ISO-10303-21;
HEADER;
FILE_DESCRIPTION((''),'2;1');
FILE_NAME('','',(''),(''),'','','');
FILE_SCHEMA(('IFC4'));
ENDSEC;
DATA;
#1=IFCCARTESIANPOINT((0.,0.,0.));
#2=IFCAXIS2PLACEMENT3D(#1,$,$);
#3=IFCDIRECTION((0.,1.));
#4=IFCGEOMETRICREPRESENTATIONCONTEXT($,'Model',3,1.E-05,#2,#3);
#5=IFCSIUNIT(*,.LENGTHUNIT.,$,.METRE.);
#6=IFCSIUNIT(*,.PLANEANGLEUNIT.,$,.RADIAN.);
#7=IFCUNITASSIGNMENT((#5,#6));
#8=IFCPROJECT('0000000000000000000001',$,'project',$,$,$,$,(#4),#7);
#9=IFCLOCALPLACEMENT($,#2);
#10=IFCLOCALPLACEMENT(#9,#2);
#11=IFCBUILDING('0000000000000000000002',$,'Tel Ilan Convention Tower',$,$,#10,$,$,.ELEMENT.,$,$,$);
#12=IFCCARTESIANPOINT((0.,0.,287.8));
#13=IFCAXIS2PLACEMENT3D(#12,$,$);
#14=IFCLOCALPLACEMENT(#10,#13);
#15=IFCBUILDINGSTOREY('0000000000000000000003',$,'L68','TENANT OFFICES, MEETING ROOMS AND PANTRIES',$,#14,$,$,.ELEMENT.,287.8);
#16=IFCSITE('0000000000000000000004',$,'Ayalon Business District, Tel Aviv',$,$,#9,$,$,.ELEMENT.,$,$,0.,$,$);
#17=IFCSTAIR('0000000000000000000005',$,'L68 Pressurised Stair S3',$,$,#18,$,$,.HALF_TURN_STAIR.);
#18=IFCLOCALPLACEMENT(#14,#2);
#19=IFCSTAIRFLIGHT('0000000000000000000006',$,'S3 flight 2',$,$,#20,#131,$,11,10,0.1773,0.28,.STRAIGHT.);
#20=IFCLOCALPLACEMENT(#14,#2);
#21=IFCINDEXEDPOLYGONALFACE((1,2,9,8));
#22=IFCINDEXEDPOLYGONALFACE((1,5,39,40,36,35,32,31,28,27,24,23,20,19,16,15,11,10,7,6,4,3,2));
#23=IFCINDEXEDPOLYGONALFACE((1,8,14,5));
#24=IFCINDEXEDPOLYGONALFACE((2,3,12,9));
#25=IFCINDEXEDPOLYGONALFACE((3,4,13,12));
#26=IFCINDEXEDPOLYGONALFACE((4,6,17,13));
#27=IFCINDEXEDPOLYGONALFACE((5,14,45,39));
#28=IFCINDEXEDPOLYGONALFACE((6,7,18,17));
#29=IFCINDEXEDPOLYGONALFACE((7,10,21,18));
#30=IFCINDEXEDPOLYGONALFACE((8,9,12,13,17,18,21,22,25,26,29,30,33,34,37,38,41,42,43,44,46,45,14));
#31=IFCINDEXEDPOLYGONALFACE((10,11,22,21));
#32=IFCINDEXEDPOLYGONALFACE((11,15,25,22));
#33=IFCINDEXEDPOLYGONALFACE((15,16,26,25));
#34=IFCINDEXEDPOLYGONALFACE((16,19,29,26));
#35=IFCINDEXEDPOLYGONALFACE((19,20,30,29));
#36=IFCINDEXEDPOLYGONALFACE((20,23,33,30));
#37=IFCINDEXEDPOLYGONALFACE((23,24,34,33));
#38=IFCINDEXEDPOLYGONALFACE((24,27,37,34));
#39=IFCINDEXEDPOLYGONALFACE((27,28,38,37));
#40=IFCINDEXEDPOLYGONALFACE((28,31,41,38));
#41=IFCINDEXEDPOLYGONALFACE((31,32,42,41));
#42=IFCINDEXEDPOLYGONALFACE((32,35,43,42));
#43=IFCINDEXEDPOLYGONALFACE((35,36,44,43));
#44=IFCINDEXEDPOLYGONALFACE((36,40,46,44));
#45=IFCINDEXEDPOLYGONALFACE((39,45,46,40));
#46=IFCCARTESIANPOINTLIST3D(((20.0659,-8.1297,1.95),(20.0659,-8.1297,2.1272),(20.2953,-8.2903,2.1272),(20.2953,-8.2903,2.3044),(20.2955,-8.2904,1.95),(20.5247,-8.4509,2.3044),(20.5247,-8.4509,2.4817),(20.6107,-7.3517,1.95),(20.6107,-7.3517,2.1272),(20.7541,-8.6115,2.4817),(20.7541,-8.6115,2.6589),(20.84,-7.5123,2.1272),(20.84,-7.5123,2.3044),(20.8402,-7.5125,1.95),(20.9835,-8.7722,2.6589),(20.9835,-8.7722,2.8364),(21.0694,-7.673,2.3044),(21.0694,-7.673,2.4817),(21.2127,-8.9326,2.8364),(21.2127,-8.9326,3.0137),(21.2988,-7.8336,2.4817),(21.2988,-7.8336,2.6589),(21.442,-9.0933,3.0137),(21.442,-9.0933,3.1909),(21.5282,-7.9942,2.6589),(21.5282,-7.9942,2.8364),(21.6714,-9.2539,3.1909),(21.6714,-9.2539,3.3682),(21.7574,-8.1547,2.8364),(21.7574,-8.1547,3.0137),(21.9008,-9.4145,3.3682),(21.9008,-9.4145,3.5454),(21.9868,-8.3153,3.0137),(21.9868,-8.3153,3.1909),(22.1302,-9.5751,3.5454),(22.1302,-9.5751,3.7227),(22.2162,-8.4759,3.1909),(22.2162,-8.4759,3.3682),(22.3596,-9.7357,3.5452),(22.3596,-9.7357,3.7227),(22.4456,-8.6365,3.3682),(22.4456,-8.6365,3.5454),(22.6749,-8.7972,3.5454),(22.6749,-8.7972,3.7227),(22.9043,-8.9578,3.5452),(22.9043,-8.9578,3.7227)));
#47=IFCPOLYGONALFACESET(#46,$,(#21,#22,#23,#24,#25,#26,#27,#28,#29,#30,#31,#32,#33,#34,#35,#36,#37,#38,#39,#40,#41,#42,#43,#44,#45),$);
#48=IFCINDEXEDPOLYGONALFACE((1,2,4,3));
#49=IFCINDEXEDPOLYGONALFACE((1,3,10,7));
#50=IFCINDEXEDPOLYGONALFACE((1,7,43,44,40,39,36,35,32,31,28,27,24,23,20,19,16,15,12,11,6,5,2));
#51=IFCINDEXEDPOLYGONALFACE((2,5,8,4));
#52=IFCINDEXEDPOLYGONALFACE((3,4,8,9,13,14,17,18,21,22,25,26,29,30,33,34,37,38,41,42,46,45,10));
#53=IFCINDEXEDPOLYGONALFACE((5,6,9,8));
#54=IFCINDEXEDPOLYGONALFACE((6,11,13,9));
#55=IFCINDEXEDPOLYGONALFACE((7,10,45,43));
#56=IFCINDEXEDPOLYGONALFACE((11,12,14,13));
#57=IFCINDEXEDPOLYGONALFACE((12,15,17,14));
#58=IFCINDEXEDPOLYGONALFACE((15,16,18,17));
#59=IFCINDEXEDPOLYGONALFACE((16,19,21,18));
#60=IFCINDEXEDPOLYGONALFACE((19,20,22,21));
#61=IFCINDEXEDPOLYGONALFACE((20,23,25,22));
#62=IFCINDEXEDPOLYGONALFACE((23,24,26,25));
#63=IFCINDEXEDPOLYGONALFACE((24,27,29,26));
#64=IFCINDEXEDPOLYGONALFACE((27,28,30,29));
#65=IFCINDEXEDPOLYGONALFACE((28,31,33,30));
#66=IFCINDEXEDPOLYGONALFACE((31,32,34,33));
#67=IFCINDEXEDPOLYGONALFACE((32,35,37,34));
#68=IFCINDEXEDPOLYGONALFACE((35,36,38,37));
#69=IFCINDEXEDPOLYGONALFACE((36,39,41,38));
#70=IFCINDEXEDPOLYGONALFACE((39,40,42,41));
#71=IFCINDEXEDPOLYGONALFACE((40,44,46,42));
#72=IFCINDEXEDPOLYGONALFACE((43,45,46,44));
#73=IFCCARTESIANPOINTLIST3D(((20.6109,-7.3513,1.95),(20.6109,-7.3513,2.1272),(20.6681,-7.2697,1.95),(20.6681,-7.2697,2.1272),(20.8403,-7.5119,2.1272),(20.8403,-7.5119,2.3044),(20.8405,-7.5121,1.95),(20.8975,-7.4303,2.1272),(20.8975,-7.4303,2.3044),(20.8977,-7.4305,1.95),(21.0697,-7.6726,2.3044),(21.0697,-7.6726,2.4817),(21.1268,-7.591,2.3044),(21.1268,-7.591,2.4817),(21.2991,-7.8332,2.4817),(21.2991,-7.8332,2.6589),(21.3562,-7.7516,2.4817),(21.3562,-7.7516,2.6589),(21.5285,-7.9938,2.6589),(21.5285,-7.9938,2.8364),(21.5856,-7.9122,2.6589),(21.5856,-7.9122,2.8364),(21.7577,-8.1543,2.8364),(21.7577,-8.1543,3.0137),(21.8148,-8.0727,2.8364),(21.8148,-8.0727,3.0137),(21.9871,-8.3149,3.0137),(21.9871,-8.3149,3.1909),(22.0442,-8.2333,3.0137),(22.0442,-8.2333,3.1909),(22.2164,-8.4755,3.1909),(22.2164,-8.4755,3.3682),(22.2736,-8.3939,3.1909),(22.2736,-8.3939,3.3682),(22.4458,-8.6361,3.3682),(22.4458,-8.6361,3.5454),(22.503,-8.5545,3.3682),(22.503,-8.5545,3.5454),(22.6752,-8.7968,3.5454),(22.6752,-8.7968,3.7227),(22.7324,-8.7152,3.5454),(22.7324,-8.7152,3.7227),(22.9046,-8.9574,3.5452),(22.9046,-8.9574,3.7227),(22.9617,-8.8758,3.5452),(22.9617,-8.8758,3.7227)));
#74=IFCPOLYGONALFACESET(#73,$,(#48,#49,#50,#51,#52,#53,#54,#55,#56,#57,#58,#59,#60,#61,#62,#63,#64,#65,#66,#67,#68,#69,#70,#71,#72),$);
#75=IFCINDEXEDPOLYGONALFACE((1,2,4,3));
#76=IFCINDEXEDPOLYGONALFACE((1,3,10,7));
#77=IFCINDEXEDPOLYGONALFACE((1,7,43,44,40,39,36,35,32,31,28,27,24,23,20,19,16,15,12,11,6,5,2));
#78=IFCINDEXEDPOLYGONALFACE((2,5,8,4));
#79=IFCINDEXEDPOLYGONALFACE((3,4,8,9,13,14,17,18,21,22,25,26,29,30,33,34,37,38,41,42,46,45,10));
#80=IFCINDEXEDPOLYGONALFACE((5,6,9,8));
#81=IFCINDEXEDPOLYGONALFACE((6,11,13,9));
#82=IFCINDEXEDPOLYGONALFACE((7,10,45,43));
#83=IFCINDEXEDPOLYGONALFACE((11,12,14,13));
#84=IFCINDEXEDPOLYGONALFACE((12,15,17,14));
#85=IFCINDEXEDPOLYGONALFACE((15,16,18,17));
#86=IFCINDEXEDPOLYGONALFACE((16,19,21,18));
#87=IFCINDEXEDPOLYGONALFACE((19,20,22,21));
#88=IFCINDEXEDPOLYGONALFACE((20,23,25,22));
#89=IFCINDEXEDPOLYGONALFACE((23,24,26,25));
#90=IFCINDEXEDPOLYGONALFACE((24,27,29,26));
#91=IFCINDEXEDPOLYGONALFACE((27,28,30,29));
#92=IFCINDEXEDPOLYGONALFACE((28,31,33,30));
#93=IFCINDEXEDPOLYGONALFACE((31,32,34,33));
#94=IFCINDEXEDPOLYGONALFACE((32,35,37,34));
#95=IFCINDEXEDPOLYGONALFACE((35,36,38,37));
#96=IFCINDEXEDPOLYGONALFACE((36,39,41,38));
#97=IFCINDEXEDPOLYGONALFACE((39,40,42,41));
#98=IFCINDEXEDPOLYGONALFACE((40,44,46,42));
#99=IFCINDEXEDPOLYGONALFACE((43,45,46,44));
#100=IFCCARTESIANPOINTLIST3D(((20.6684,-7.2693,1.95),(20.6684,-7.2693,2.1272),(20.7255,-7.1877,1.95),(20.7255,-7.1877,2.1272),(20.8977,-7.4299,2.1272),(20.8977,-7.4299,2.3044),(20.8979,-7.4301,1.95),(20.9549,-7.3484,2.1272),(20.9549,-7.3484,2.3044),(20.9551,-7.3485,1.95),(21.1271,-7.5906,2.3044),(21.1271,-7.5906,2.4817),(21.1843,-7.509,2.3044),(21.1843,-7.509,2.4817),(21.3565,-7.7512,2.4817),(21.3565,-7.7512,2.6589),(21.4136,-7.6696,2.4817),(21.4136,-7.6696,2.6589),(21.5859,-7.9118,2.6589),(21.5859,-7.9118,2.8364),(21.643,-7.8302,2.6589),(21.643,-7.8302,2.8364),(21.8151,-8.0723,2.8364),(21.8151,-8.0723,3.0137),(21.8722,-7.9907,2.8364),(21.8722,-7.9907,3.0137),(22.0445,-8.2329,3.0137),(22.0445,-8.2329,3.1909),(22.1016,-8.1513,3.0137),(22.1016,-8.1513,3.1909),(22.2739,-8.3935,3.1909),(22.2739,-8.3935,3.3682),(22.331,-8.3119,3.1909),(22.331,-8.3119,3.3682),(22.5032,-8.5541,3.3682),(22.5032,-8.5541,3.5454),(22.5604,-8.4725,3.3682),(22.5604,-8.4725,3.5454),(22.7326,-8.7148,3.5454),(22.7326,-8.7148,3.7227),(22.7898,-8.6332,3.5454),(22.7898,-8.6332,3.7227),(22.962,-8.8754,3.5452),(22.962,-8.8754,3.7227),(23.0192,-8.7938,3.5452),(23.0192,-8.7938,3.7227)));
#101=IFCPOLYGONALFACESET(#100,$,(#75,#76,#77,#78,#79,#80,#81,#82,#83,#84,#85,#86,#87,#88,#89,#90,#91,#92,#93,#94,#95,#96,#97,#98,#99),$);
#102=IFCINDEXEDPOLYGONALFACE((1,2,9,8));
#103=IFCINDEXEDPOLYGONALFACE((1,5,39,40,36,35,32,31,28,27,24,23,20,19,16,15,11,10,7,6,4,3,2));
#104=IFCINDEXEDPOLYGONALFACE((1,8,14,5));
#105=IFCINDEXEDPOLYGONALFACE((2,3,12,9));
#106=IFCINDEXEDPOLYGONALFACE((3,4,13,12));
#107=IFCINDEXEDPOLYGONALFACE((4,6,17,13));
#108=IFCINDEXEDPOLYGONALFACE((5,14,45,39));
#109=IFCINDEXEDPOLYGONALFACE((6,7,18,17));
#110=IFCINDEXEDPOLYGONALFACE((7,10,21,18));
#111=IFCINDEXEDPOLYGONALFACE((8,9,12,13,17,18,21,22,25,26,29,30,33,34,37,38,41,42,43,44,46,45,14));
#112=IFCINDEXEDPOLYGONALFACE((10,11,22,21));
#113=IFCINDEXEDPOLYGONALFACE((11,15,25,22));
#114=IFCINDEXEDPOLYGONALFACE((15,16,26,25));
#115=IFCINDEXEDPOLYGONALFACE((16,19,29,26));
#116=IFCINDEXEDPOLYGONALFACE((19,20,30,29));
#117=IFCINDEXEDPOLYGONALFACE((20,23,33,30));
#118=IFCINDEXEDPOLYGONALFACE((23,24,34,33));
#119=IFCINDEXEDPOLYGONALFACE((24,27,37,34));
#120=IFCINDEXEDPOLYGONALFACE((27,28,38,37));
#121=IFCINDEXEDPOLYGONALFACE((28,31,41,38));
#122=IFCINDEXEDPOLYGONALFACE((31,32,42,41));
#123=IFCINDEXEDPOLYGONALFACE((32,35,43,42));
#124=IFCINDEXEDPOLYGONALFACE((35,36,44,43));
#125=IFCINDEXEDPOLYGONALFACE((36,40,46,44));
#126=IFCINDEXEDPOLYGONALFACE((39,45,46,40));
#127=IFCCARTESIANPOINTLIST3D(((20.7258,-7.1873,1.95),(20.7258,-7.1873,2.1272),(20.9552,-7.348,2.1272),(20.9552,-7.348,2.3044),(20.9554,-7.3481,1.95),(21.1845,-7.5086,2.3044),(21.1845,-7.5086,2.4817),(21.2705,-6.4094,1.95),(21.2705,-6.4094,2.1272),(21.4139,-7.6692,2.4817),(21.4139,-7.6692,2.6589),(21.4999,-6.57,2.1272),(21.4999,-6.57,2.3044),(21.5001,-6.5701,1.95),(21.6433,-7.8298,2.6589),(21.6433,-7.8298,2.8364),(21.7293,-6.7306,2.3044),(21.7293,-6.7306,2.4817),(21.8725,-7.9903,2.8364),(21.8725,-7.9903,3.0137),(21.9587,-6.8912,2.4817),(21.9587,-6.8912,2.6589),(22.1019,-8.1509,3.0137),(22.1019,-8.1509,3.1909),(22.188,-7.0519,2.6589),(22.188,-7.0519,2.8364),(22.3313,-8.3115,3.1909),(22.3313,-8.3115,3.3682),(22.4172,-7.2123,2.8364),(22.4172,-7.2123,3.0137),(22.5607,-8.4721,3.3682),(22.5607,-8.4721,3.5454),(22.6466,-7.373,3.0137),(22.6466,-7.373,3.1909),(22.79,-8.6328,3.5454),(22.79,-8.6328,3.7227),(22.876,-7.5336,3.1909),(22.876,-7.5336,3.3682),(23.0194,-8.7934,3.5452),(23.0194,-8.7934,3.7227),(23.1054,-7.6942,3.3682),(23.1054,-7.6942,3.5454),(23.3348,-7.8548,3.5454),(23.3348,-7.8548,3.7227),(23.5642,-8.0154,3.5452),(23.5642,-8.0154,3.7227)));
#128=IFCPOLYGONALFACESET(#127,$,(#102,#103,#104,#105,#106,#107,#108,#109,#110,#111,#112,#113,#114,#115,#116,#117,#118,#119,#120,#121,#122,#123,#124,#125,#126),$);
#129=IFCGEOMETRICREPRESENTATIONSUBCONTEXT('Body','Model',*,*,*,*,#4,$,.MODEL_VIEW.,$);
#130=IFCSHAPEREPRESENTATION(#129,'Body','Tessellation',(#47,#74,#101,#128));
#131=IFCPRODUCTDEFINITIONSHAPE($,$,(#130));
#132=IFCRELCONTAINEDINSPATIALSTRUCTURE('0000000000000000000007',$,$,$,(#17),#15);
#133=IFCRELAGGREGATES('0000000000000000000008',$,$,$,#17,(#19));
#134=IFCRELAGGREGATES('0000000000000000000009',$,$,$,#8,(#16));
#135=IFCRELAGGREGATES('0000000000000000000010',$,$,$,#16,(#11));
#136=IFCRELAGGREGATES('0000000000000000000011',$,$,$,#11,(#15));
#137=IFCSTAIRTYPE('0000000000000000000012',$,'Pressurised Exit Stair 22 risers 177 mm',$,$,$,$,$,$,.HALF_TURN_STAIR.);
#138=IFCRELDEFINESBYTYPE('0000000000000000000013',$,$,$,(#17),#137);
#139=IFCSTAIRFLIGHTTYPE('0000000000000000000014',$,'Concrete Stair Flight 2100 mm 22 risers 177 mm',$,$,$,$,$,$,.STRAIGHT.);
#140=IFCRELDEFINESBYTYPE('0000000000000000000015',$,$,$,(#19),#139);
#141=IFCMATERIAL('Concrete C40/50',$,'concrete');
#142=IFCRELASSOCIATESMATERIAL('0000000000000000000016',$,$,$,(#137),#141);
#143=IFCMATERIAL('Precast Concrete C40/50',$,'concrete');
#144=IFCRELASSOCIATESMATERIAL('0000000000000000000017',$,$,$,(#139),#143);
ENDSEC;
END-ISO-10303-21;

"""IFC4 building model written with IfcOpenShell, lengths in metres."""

from ifc_helpers import new_model, si_unit, direction, frame, origin, place, context, subcontext, project, spatial, polyline, outline, extrude, material, type_object, element, aggregate, save


model = new_model("IFC4")

# Units and contexts
model_context = context("Model", 3, precision=1e-05, world=origin(), true_north=direction((0.0, 1.0)))
body_context = subcontext(model_context, "Body", "Model", "MODEL_VIEW")
ifc_project = project(units=[si_unit("LENGTHUNIT", "METRE"), si_unit("PLANEANGLEUNIT", "RADIAN")], contexts=[model_context])

# Site, building, storey
site_placement = place(None, origin())
site = spatial("IfcSite", under=ifc_project, at=site_placement, Name="Ayalon Business District, Tel Aviv", CompositionType="ELEMENT", RefElevation=0.0)
building_placement = place(site_placement, origin())
building = spatial("IfcBuilding", under=site, at=building_placement, Name="Tel Ilan Convention Tower", CompositionType="ELEMENT")
storey_placement = place(building_placement, frame((0.0, 0.0, 287.8)))
storey = spatial("IfcBuildingStorey", under=building, at=storey_placement, Name="L68", Description="TENANT OFFICES, MEETING ROOMS AND PANTRIES", CompositionType="ELEMENT", Elevation=287.8)

# Stair, stair flight
ifc_material_1 = material(Name="Concrete C40/50", Category="concrete")
stair_type = type_object("IfcStairType", Name="Pressurised Exit Stair 22 risers 177 mm", PredefinedType="HALF_TURN_STAIR", material=ifc_material_1)
stair_1_placement = place(storey_placement, origin())
stair_1 = element("IfcStair", 1, at=stair_1_placement, inside=storey, type_object=stair_type, Name="L68 Pressurised Stair S3", PredefinedType="HALF_TURN_STAIR")
ifc_material_2 = material(Name="Precast Concrete C40/50", Category="concrete")
stair_flight_type = type_object("IfcStairFlightType", Name="Concrete Stair Flight 2100 mm 22 risers 177 mm", PredefinedType="STRAIGHT", material=ifc_material_2)
stair_flight_1_placement = place(storey_placement, frame((20.6682, -7.2695, 1.95), z_axis=(0.0, 0.0, 1.0), x_axis=(0.819152, -0.573576, 0.0)))
stair_flight_1 = element("IfcStairFlight", 2, at=stair_flight_1_placement, type_object=stair_flight_type, Name="S3 flight 2", NumberOfRisers=11, NumberOfTreads=10, PredefinedType="STRAIGHT", RiserHeight=0.1773, TreadLength=0.28, context=body_context, shape_type="SweptSolid", body=[
    extrude(outline(polyline([(0.0, 0.0), (0.0, 0.1772), (0.28, 0.1772), (0.28, 0.3545), (0.5601, 0.3545), (0.5601, 0.5317), (0.8401, 0.5317), (0.8401, 0.709), (1.1201, 0.709), (1.1201, 0.8865), (1.3999, 0.8865), (1.3999, 1.0637), (1.6799, 1.0637), (1.6799, 1.241), (1.96, 1.241), (1.96, 1.4182), (2.24, 1.4182), (2.24, 1.5955), (2.52, 1.5955), (2.52, 1.7727), (2.8, 1.7727), (2.8, 1.95), (2.8, 1.5952), (0.2803, 0.0), (0.0, 0.0)])), frame((0.0, -0.1003, 0.0), z_axis=(0.0, -1.0, 0.0), x_axis=(1.0, 0.0, 0.0)), (0.0, 0.0, 1.0), 0.9497),
    extrude(outline(polyline([(0.0, 0.0), (0.0, 0.1772), (0.28, 0.1772), (0.28, 0.3545), (0.5601, 0.3545), (0.5601, 0.5317), (0.8401, 0.5317), (0.8401, 0.709), (1.1201, 0.709), (1.1201, 0.8865), (1.3999, 0.8865), (1.3999, 1.0637), (1.6799, 1.0637), (1.6799, 1.241), (1.96, 1.241), (1.96, 1.4182), (2.24, 1.4182), (2.24, 1.5955), (2.52, 1.5955), (2.52, 1.7727), (2.8, 1.7727), (2.8, 1.95), (2.8, 1.5952), (0.2803, 0.0), (0.0, 0.0)])), frame((0.0, -0.0002, 0.0), z_axis=(0.0, -1.0, 0.0), x_axis=(1.0, 0.0, 0.0)), (0.0, 0.0, 1.0), 0.0996),
    extrude(outline(polyline([(0.0, 0.0), (0.0, 0.1772), (0.28, 0.1772), (0.28, 0.3545), (0.5601, 0.3545), (0.5601, 0.5317), (0.8401, 0.5317), (0.8401, 0.709), (1.1201, 0.709), (1.1201, 0.8865), (1.3999, 0.8865), (1.3999, 1.0637), (1.6799, 1.0637), (1.6799, 1.241), (1.96, 1.241), (1.96, 1.4182), (2.24, 1.4182), (2.24, 1.5955), (2.52, 1.5955), (2.52, 1.7727), (2.8, 1.7727), (2.8, 1.95), (2.8, 1.5952), (0.2803, 0.0), (0.0, 0.0)])), frame((0.0, 0.0999, 0.0), z_axis=(0.0, -1.0, 0.0), x_axis=(1.0, 0.0, 0.0)), (0.0, 0.0, 1.0), 0.0996),
    extrude(outline(polyline([(0.0, 0.0), (0.0, 0.1772), (0.28, 0.1772), (0.28, 0.3545), (0.5601, 0.3545), (0.5601, 0.5317), (0.8401, 0.5317), (0.8401, 0.709), (1.1201, 0.709), (1.1201, 0.8865), (1.3999, 0.8865), (1.3999, 1.0637), (1.6799, 1.0637), (1.6799, 1.241), (1.96, 1.241), (1.96, 1.4182), (2.24, 1.4182), (2.24, 1.5955), (2.52, 1.5955), (2.52, 1.7727), (2.8, 1.7727), (2.8, 1.95), (2.8, 1.5952), (0.2803, 0.0), (0.0, 0.0)])), frame((0.0, 1.05, 0.0), z_axis=(0.0, -1.0, 0.0), x_axis=(1.0, 0.0, 0.0)), (0.0, 0.0, 1.0), 0.9497),
])
aggregate(stair_1, [stair_flight_1])

save(model, "model.ifc")
